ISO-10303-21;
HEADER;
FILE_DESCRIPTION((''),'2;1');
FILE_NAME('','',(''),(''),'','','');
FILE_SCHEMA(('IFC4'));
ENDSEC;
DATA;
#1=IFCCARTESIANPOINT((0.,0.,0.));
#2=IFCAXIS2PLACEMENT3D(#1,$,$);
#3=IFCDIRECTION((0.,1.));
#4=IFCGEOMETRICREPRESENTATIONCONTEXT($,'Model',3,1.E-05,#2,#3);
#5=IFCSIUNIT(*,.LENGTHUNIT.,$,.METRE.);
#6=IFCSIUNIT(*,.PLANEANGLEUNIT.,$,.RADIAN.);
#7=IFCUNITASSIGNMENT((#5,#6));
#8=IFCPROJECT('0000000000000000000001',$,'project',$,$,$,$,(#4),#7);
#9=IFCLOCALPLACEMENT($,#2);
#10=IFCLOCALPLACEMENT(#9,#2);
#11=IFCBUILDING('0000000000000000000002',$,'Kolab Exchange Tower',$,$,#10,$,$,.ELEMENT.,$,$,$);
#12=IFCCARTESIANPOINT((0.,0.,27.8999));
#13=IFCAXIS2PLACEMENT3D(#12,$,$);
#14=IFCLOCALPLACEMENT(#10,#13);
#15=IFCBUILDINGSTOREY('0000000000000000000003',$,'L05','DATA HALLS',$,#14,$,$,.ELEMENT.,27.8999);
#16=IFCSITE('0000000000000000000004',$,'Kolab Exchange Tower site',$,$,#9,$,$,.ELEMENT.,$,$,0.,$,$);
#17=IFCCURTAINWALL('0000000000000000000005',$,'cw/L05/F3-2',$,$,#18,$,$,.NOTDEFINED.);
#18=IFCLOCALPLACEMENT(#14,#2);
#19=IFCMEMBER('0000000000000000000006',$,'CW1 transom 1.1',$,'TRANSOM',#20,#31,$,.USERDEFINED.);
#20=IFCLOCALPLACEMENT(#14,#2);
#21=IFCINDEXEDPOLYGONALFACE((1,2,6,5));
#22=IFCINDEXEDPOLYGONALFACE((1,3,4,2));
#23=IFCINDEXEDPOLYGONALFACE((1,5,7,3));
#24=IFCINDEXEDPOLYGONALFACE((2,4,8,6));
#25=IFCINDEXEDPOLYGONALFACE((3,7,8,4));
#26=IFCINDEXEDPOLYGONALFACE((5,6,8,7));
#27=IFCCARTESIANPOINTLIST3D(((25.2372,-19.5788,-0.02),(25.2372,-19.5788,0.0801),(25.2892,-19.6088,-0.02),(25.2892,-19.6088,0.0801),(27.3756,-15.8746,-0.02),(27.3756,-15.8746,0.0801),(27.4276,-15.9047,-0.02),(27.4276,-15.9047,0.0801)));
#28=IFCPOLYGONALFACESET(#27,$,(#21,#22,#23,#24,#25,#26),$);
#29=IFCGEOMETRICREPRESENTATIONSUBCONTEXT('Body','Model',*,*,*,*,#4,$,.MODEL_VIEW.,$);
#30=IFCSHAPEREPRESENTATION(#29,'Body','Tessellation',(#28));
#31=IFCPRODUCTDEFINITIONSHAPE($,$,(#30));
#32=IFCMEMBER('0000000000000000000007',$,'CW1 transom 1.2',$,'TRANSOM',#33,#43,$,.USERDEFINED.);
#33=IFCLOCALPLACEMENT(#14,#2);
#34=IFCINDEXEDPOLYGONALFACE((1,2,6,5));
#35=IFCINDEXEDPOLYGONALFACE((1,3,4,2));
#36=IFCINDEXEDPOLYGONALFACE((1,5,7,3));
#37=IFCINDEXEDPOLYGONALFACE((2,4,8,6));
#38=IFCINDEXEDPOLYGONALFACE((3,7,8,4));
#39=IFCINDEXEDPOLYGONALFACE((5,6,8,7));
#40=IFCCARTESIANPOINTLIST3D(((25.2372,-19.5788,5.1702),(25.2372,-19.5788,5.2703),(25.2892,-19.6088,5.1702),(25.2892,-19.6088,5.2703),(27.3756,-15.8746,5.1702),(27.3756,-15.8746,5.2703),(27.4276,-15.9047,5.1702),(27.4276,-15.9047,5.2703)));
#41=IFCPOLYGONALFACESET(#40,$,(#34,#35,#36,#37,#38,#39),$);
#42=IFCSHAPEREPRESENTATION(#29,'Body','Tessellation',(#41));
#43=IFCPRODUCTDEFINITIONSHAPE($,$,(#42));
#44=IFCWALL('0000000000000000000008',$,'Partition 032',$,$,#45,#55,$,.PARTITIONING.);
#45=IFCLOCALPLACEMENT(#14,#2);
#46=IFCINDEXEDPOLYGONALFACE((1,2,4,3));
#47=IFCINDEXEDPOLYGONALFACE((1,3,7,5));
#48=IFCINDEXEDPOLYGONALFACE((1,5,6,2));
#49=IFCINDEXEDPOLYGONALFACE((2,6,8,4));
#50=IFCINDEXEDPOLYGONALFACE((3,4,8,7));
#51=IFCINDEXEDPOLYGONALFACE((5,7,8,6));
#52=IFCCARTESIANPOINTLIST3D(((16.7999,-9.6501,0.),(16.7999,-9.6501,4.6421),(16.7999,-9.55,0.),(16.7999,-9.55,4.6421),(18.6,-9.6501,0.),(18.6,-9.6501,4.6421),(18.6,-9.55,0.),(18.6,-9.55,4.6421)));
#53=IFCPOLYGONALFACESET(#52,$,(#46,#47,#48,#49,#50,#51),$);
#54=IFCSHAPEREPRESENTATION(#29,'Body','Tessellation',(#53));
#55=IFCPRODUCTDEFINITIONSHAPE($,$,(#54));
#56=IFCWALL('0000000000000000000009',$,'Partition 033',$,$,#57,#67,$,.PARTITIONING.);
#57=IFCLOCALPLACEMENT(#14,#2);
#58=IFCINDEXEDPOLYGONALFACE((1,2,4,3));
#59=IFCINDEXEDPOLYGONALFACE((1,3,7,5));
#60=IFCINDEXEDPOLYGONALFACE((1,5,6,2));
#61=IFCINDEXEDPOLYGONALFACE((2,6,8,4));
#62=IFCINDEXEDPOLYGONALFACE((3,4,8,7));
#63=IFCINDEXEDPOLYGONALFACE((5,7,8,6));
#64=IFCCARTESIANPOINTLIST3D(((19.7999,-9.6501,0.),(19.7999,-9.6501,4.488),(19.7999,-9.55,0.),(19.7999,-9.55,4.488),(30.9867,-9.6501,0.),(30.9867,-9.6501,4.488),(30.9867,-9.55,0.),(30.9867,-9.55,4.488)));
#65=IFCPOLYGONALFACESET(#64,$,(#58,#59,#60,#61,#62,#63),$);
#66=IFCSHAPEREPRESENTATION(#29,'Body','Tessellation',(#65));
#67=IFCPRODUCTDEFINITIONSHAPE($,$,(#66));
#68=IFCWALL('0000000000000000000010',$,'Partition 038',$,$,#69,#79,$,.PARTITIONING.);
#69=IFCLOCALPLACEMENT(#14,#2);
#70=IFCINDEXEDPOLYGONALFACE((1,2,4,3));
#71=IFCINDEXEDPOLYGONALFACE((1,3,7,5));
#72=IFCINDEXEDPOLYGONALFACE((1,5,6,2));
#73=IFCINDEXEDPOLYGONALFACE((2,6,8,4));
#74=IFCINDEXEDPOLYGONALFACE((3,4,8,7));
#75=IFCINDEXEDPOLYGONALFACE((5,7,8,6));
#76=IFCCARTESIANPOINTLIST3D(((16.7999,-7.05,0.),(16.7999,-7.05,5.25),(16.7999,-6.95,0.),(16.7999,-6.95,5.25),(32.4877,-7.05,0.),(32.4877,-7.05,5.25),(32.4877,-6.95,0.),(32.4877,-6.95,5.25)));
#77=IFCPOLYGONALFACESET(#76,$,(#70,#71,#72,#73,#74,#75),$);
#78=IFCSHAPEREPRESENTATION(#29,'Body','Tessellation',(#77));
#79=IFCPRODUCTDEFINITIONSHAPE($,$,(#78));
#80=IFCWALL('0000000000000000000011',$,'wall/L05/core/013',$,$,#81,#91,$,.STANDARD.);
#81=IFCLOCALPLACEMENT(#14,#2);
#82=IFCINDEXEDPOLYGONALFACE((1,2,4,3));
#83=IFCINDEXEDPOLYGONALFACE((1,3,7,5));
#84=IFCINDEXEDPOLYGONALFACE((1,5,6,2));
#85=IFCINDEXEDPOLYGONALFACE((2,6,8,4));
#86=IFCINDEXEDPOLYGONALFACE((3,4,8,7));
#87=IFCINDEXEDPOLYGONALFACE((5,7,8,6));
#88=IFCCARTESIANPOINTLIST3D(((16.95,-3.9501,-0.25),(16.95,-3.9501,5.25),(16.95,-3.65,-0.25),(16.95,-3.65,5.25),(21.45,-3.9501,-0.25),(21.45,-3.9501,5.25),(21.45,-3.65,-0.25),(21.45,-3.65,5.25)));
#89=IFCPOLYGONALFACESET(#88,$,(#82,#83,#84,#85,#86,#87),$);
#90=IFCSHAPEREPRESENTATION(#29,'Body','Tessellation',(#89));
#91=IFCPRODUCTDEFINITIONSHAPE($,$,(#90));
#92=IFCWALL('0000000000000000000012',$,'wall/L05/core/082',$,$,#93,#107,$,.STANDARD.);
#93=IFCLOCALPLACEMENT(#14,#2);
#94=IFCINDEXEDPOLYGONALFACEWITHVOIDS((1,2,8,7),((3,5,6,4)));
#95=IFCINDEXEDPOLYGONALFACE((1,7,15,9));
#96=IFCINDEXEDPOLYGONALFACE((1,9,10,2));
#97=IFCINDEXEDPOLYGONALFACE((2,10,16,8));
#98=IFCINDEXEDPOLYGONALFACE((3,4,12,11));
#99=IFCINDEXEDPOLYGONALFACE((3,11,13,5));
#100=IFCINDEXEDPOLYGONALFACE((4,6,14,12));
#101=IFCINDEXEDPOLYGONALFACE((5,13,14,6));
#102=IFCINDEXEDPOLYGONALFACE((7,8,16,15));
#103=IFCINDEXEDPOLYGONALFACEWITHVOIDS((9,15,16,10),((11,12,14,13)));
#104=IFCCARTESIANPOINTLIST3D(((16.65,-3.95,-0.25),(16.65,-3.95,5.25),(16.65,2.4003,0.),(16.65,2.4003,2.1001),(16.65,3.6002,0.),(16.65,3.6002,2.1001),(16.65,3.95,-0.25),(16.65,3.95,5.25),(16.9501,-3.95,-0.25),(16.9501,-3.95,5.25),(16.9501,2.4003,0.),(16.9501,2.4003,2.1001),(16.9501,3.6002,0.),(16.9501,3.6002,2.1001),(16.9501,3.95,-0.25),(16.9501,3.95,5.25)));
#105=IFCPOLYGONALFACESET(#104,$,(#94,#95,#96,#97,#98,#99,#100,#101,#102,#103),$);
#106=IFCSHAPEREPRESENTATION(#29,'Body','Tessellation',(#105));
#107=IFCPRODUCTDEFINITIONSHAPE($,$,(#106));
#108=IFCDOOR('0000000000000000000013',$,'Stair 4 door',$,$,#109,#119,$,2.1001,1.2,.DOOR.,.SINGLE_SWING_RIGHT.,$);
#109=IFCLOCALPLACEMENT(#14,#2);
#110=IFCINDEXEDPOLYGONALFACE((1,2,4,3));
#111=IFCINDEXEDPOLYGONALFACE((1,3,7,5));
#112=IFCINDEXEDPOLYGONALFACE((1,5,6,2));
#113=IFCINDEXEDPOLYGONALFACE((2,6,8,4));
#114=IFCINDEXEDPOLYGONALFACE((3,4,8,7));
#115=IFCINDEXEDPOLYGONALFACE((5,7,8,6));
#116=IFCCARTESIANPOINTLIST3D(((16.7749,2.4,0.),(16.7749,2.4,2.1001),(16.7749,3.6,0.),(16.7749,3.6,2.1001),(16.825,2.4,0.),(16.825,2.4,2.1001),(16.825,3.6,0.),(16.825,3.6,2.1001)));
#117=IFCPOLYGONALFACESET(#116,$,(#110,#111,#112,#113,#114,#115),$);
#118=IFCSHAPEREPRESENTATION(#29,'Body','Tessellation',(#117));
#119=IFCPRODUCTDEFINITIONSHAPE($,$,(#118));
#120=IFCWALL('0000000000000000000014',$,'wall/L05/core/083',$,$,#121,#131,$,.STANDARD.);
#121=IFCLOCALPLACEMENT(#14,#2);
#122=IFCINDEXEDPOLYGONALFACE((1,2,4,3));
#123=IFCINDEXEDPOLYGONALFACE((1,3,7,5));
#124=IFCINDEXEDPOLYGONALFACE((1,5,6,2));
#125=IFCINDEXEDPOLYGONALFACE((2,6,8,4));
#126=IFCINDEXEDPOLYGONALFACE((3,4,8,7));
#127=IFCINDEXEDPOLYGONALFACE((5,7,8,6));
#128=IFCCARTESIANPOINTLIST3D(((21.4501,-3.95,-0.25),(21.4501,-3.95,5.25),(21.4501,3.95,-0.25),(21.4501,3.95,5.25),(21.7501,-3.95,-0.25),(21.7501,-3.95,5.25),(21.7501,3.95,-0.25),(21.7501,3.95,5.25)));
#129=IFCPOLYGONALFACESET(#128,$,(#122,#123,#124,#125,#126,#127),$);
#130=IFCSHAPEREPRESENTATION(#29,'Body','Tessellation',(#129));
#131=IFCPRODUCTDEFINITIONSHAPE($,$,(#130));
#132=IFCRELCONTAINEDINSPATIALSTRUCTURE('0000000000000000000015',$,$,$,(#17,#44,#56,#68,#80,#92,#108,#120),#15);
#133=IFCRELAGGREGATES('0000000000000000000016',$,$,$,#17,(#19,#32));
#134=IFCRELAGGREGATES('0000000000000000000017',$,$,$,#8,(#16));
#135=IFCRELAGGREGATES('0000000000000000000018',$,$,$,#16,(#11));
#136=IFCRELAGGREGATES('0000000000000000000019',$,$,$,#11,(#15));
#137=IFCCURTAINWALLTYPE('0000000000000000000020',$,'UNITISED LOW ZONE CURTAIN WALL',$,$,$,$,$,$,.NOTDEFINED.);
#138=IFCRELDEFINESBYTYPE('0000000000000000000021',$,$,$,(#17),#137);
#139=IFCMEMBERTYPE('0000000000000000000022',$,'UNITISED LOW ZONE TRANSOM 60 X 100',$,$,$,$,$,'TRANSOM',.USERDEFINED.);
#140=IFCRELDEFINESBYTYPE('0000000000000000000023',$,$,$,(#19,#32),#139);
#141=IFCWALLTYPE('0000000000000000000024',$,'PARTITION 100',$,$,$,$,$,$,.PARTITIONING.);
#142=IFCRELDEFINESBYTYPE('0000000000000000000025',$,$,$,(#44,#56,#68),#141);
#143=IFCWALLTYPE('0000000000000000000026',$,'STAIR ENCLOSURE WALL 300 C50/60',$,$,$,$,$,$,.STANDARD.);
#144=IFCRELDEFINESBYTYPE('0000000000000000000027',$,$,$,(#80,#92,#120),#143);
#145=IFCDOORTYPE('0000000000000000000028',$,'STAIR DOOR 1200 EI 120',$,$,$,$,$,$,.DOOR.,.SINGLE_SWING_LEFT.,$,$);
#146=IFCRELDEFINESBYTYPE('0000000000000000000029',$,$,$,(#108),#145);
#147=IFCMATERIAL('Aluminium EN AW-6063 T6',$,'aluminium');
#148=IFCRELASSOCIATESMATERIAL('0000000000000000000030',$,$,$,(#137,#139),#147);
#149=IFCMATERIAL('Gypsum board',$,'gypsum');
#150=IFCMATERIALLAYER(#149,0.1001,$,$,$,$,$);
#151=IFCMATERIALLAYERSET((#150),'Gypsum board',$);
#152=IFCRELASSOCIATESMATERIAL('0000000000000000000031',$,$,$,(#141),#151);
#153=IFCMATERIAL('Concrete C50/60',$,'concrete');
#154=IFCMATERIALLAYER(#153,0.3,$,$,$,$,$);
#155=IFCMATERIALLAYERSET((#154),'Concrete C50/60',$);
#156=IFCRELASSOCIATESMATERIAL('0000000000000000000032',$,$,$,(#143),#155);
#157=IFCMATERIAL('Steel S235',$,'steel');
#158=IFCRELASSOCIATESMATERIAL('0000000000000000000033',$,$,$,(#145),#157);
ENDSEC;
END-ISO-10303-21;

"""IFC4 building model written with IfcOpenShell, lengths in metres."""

from ifc_helpers import new_model, si_unit, direction, frame, frame_2d, origin, origin_2d, place, context, subcontext, project, spatial, rectangle, extrude, material, layer, layer_set, material_profile, profile_set, type_object, element, fill, aggregate, save


model = new_model("IFC4")

# Units and contexts
model_context = context("Model", 3, precision=1e-05, world=origin(), true_north=direction((0.0, 1.0)))
body_context = subcontext(model_context, "Body", "Model", "MODEL_VIEW")
ifc_project = project(units=[si_unit("LENGTHUNIT", "METRE"), si_unit("PLANEANGLEUNIT", "RADIAN")], contexts=[model_context])

# Site, building, storey
site_placement = place(None, origin())
site = spatial("IfcSite", under=ifc_project, at=site_placement, Name="Kolab Exchange Tower site", CompositionType="ELEMENT", RefElevation=0.0)
building_placement = place(site_placement, origin())
building = spatial("IfcBuilding", under=site, at=building_placement, Name="Kolab Exchange Tower", CompositionType="ELEMENT")
storey_placement = place(building_placement, frame((0.0, 0.0, 27.8999)))
storey = spatial("IfcBuildingStorey", under=building, at=storey_placement, Name="L05", Description="DATA HALLS", CompositionType="ELEMENT", Elevation=27.8999)

# Shared definitions
ifc_material_1 = material(Name="Aluminium EN AW-6063 T6", Category="aluminium")
curtain_wall_type = type_object("IfcCurtainWallType", Name="UNITISED LOW ZONE CURTAIN WALL", PredefinedType="NOTDEFINED", material=ifc_material_1)

# Curtain wall, members
curtain_wall_1_placement = place(storey_placement, origin())
curtain_wall_1 = element("IfcCurtainWall", 1, at=curtain_wall_1_placement, inside=storey, type_object=curtain_wall_type, Name="cw/L05/F3-2", PredefinedType="NOTDEFINED")
ifc_material_profile_1 = material_profile(ifc_material_1, rectangle(XDim=0.0601, YDim=0.1001, at=origin_2d()), Name="RECT 60X100")
ifc_profile_set_1 = profile_set([ifc_material_profile_1], Name="Aluminium EN AW-6063 T6")
member_type_1 = type_object("IfcMemberType", Name="UNITISED LOW ZONE TRANSOM 60 X 100", ElementType="TRANSOM", PredefinedType="USERDEFINED", material=ifc_profile_set_1)
member_1_placement = place(storey_placement, frame((27.4016, -15.8896, 0.03), z_axis=(-0.499976, -0.866039, 0.0), x_axis=(0.866039, -0.499976, 0.0)))
member_1 = element("IfcMember", 2, at=member_1_placement, type_object=member_type_1, Name="CW1 transom 1.1", ObjectType="TRANSOM", PredefinedType="USERDEFINED", context=body_context, shape_type="SweptSolid", body=[
    extrude(rectangle(XDim=0.0601, YDim=0.1001, at=origin_2d()), origin(), (0.0, 0.0, 1.0), 4.2771),
])
member_2_placement = place(storey_placement, frame((27.4016, -15.8896, 5.2202), z_axis=(-0.499976, -0.866039, 0.0), x_axis=(0.866039, -0.499976, 0.0)))
member_2 = element("IfcMember", 3, at=member_2_placement, type_object=member_type_1, Name="CW1 transom 1.2", ObjectType="TRANSOM", PredefinedType="USERDEFINED", context=body_context, shape_type="SweptSolid", body=[
    extrude(rectangle(XDim=0.0601, YDim=0.1001, at=origin_2d()), origin(), (0.0, 0.0, 1.0), 4.2771),
])
aggregate(curtain_wall_1, [member_1, member_2])

# Walls
ifc_material_2 = material(Name="Gypsum board", Category="gypsum")
ifc_layer_1 = layer(ifc_material_2, 0.1001)
ifc_layer_set_1 = layer_set([ifc_layer_1], Name="Gypsum board")
wall_type_1 = type_object("IfcWallType", Name="PARTITION 100", PredefinedType="PARTITIONING", material=ifc_layer_set_1)
wall_1_placement = place(storey_placement, frame((16.8, -9.6001, 0.0), z_axis=(0.0, 0.0, 1.0), x_axis=(1.0, 0.0, 0.0)))
element("IfcWall", 4, at=wall_1_placement, inside=storey, type_object=wall_type_1, Name="Partition 032", PredefinedType="PARTITIONING", context=body_context, shape_type="SweptSolid", body=[
    extrude(rectangle(XDim=1.8, YDim=0.1001, at=frame_2d((0.8999, 0.0))), origin(), (0.0, 0.0, 1.0), 4.6421),
])
wall_2_placement = place(storey_placement, frame((19.8, -9.6001, 0.0), z_axis=(0.0, 0.0, 1.0), x_axis=(1.0, 0.0, 0.0)))
element("IfcWall", 5, at=wall_2_placement, inside=storey, type_object=wall_type_1, Name="Partition 033", PredefinedType="PARTITIONING", context=body_context, shape_type="SweptSolid", body=[
    extrude(rectangle(XDim=11.1868, YDim=0.1001, at=frame_2d((5.5933, 0.0))), origin(), (0.0, 0.0, 1.0), 4.488),
])
wall_3_placement = place(storey_placement, frame((16.8, -7.0, 0.0), z_axis=(0.0, 0.0, 1.0), x_axis=(1.0, 0.0, 0.0)))
element("IfcWall", 6, at=wall_3_placement, inside=storey, type_object=wall_type_1, Name="Partition 038", PredefinedType="PARTITIONING", context=body_context, shape_type="SweptSolid", body=[
    extrude(rectangle(XDim=15.6877, YDim=0.1001, at=frame_2d((7.8438, 0.0))), origin(), (0.0, 0.0, 1.0), 5.25),
])
ifc_material_3 = material(Name="Concrete C50/60", Category="concrete")
ifc_layer_2 = layer(ifc_material_3, 0.3)
ifc_layer_set_2 = layer_set([ifc_layer_2], Name="Concrete C50/60")
wall_type_2 = type_object("IfcWallType", Name="STAIR ENCLOSURE WALL 300 C50/60", PredefinedType="STANDARD", material=ifc_layer_set_2)
wall_4_placement = place(storey_placement, frame((16.95, -3.8, -0.25), z_axis=(0.0, 0.0, 1.0), x_axis=(1.0, 0.0, 0.0)))
element("IfcWall", 7, at=wall_4_placement, inside=storey, type_object=wall_type_2, Name="wall/L05/core/013", PredefinedType="STANDARD", context=body_context, shape_type="SweptSolid", body=[
    extrude(rectangle(XDim=4.5, YDim=0.3, at=frame_2d((2.25, 0.0))), origin(), (0.0, 0.0, 1.0), 5.5),
])

# Wall, opening, door
wall_5_placement = place(storey_placement, frame((16.8, -3.95, -0.25), z_axis=(0.0, 0.0, 1.0), x_axis=(0.0, 1.0, 0.0)))
wall_5 = element("IfcWall", 8, at=wall_5_placement, inside=storey, type_object=wall_type_2, Name="wall/L05/core/082", PredefinedType="STANDARD", context=body_context, shape_type="SweptSolid", body=[
    extrude(rectangle(XDim=7.8999, YDim=0.3, at=frame_2d((3.95, 0.0))), origin(), (0.0, 0.0, 1.0), 5.5),
])
opening_1_placement = place(wall_5_placement, frame((6.3501, 0.0, 0.25)))
opening_1 = element("IfcOpeningElement", 9, at=opening_1_placement, cuts=wall_5, PredefinedType="OPENING", context=body_context, shape_type="SweptSolid", body=[
    extrude(rectangle(XDim=1.2, YDim=2.1001, at=frame_2d((0.6001, 1.05))), frame((0.0, 0.1602, 0.0), z_axis=(0.0, -1.0, 0.0), x_axis=(1.0, 0.0, 0.0)), (0.0, 0.0, 1.0), 0.3201),
])
ifc_material_4 = material(Name="Steel S235", Category="steel")
door_type_1 = type_object("IfcDoorType", Name="STAIR DOOR 1200 EI 120", OperationType="SINGLE_SWING_LEFT", PredefinedType="DOOR", material=ifc_material_4)
door_1_placement = place(opening_1_placement, frame((1.2, 0.0, 0.0), z_axis=(0.0, 0.0, 1.0), x_axis=(-1.0, 0.0, 0.0)))
door_1 = element("IfcDoor", 10, at=door_1_placement, inside=storey, type_object=door_type_1, Name="Stair 4 door", OperationType="SINGLE_SWING_RIGHT", OverallHeight=2.1001, OverallWidth=1.2, PredefinedType="DOOR", context=body_context, shape_type="SweptSolid", body=[
    extrude(rectangle(XDim=1.2, YDim=2.1001, at=frame_2d((0.6001, 1.05))), frame((0.0, 0.0249, 0.0), z_axis=(0.0, -1.0, 0.0), x_axis=(1.0, 0.0, 0.0)), (0.0, 0.0, 1.0), 0.05),
])
fill(opening_1, door_1)

# Wall
wall_6_placement = place(storey_placement, frame((21.6001, -3.95, -0.25), z_axis=(0.0, 0.0, 1.0), x_axis=(0.0, 1.0, 0.0)))
element("IfcWall", 11, at=wall_6_placement, inside=storey, type_object=wall_type_2, Name="wall/L05/core/083", PredefinedType="STANDARD", context=body_context, shape_type="SweptSolid", body=[
    extrude(rectangle(XDim=7.8999, YDim=0.3, at=frame_2d((3.95, 0.0))), origin(), (0.0, 0.0, 1.0), 5.5),
])

save(model, "model.ifc")
